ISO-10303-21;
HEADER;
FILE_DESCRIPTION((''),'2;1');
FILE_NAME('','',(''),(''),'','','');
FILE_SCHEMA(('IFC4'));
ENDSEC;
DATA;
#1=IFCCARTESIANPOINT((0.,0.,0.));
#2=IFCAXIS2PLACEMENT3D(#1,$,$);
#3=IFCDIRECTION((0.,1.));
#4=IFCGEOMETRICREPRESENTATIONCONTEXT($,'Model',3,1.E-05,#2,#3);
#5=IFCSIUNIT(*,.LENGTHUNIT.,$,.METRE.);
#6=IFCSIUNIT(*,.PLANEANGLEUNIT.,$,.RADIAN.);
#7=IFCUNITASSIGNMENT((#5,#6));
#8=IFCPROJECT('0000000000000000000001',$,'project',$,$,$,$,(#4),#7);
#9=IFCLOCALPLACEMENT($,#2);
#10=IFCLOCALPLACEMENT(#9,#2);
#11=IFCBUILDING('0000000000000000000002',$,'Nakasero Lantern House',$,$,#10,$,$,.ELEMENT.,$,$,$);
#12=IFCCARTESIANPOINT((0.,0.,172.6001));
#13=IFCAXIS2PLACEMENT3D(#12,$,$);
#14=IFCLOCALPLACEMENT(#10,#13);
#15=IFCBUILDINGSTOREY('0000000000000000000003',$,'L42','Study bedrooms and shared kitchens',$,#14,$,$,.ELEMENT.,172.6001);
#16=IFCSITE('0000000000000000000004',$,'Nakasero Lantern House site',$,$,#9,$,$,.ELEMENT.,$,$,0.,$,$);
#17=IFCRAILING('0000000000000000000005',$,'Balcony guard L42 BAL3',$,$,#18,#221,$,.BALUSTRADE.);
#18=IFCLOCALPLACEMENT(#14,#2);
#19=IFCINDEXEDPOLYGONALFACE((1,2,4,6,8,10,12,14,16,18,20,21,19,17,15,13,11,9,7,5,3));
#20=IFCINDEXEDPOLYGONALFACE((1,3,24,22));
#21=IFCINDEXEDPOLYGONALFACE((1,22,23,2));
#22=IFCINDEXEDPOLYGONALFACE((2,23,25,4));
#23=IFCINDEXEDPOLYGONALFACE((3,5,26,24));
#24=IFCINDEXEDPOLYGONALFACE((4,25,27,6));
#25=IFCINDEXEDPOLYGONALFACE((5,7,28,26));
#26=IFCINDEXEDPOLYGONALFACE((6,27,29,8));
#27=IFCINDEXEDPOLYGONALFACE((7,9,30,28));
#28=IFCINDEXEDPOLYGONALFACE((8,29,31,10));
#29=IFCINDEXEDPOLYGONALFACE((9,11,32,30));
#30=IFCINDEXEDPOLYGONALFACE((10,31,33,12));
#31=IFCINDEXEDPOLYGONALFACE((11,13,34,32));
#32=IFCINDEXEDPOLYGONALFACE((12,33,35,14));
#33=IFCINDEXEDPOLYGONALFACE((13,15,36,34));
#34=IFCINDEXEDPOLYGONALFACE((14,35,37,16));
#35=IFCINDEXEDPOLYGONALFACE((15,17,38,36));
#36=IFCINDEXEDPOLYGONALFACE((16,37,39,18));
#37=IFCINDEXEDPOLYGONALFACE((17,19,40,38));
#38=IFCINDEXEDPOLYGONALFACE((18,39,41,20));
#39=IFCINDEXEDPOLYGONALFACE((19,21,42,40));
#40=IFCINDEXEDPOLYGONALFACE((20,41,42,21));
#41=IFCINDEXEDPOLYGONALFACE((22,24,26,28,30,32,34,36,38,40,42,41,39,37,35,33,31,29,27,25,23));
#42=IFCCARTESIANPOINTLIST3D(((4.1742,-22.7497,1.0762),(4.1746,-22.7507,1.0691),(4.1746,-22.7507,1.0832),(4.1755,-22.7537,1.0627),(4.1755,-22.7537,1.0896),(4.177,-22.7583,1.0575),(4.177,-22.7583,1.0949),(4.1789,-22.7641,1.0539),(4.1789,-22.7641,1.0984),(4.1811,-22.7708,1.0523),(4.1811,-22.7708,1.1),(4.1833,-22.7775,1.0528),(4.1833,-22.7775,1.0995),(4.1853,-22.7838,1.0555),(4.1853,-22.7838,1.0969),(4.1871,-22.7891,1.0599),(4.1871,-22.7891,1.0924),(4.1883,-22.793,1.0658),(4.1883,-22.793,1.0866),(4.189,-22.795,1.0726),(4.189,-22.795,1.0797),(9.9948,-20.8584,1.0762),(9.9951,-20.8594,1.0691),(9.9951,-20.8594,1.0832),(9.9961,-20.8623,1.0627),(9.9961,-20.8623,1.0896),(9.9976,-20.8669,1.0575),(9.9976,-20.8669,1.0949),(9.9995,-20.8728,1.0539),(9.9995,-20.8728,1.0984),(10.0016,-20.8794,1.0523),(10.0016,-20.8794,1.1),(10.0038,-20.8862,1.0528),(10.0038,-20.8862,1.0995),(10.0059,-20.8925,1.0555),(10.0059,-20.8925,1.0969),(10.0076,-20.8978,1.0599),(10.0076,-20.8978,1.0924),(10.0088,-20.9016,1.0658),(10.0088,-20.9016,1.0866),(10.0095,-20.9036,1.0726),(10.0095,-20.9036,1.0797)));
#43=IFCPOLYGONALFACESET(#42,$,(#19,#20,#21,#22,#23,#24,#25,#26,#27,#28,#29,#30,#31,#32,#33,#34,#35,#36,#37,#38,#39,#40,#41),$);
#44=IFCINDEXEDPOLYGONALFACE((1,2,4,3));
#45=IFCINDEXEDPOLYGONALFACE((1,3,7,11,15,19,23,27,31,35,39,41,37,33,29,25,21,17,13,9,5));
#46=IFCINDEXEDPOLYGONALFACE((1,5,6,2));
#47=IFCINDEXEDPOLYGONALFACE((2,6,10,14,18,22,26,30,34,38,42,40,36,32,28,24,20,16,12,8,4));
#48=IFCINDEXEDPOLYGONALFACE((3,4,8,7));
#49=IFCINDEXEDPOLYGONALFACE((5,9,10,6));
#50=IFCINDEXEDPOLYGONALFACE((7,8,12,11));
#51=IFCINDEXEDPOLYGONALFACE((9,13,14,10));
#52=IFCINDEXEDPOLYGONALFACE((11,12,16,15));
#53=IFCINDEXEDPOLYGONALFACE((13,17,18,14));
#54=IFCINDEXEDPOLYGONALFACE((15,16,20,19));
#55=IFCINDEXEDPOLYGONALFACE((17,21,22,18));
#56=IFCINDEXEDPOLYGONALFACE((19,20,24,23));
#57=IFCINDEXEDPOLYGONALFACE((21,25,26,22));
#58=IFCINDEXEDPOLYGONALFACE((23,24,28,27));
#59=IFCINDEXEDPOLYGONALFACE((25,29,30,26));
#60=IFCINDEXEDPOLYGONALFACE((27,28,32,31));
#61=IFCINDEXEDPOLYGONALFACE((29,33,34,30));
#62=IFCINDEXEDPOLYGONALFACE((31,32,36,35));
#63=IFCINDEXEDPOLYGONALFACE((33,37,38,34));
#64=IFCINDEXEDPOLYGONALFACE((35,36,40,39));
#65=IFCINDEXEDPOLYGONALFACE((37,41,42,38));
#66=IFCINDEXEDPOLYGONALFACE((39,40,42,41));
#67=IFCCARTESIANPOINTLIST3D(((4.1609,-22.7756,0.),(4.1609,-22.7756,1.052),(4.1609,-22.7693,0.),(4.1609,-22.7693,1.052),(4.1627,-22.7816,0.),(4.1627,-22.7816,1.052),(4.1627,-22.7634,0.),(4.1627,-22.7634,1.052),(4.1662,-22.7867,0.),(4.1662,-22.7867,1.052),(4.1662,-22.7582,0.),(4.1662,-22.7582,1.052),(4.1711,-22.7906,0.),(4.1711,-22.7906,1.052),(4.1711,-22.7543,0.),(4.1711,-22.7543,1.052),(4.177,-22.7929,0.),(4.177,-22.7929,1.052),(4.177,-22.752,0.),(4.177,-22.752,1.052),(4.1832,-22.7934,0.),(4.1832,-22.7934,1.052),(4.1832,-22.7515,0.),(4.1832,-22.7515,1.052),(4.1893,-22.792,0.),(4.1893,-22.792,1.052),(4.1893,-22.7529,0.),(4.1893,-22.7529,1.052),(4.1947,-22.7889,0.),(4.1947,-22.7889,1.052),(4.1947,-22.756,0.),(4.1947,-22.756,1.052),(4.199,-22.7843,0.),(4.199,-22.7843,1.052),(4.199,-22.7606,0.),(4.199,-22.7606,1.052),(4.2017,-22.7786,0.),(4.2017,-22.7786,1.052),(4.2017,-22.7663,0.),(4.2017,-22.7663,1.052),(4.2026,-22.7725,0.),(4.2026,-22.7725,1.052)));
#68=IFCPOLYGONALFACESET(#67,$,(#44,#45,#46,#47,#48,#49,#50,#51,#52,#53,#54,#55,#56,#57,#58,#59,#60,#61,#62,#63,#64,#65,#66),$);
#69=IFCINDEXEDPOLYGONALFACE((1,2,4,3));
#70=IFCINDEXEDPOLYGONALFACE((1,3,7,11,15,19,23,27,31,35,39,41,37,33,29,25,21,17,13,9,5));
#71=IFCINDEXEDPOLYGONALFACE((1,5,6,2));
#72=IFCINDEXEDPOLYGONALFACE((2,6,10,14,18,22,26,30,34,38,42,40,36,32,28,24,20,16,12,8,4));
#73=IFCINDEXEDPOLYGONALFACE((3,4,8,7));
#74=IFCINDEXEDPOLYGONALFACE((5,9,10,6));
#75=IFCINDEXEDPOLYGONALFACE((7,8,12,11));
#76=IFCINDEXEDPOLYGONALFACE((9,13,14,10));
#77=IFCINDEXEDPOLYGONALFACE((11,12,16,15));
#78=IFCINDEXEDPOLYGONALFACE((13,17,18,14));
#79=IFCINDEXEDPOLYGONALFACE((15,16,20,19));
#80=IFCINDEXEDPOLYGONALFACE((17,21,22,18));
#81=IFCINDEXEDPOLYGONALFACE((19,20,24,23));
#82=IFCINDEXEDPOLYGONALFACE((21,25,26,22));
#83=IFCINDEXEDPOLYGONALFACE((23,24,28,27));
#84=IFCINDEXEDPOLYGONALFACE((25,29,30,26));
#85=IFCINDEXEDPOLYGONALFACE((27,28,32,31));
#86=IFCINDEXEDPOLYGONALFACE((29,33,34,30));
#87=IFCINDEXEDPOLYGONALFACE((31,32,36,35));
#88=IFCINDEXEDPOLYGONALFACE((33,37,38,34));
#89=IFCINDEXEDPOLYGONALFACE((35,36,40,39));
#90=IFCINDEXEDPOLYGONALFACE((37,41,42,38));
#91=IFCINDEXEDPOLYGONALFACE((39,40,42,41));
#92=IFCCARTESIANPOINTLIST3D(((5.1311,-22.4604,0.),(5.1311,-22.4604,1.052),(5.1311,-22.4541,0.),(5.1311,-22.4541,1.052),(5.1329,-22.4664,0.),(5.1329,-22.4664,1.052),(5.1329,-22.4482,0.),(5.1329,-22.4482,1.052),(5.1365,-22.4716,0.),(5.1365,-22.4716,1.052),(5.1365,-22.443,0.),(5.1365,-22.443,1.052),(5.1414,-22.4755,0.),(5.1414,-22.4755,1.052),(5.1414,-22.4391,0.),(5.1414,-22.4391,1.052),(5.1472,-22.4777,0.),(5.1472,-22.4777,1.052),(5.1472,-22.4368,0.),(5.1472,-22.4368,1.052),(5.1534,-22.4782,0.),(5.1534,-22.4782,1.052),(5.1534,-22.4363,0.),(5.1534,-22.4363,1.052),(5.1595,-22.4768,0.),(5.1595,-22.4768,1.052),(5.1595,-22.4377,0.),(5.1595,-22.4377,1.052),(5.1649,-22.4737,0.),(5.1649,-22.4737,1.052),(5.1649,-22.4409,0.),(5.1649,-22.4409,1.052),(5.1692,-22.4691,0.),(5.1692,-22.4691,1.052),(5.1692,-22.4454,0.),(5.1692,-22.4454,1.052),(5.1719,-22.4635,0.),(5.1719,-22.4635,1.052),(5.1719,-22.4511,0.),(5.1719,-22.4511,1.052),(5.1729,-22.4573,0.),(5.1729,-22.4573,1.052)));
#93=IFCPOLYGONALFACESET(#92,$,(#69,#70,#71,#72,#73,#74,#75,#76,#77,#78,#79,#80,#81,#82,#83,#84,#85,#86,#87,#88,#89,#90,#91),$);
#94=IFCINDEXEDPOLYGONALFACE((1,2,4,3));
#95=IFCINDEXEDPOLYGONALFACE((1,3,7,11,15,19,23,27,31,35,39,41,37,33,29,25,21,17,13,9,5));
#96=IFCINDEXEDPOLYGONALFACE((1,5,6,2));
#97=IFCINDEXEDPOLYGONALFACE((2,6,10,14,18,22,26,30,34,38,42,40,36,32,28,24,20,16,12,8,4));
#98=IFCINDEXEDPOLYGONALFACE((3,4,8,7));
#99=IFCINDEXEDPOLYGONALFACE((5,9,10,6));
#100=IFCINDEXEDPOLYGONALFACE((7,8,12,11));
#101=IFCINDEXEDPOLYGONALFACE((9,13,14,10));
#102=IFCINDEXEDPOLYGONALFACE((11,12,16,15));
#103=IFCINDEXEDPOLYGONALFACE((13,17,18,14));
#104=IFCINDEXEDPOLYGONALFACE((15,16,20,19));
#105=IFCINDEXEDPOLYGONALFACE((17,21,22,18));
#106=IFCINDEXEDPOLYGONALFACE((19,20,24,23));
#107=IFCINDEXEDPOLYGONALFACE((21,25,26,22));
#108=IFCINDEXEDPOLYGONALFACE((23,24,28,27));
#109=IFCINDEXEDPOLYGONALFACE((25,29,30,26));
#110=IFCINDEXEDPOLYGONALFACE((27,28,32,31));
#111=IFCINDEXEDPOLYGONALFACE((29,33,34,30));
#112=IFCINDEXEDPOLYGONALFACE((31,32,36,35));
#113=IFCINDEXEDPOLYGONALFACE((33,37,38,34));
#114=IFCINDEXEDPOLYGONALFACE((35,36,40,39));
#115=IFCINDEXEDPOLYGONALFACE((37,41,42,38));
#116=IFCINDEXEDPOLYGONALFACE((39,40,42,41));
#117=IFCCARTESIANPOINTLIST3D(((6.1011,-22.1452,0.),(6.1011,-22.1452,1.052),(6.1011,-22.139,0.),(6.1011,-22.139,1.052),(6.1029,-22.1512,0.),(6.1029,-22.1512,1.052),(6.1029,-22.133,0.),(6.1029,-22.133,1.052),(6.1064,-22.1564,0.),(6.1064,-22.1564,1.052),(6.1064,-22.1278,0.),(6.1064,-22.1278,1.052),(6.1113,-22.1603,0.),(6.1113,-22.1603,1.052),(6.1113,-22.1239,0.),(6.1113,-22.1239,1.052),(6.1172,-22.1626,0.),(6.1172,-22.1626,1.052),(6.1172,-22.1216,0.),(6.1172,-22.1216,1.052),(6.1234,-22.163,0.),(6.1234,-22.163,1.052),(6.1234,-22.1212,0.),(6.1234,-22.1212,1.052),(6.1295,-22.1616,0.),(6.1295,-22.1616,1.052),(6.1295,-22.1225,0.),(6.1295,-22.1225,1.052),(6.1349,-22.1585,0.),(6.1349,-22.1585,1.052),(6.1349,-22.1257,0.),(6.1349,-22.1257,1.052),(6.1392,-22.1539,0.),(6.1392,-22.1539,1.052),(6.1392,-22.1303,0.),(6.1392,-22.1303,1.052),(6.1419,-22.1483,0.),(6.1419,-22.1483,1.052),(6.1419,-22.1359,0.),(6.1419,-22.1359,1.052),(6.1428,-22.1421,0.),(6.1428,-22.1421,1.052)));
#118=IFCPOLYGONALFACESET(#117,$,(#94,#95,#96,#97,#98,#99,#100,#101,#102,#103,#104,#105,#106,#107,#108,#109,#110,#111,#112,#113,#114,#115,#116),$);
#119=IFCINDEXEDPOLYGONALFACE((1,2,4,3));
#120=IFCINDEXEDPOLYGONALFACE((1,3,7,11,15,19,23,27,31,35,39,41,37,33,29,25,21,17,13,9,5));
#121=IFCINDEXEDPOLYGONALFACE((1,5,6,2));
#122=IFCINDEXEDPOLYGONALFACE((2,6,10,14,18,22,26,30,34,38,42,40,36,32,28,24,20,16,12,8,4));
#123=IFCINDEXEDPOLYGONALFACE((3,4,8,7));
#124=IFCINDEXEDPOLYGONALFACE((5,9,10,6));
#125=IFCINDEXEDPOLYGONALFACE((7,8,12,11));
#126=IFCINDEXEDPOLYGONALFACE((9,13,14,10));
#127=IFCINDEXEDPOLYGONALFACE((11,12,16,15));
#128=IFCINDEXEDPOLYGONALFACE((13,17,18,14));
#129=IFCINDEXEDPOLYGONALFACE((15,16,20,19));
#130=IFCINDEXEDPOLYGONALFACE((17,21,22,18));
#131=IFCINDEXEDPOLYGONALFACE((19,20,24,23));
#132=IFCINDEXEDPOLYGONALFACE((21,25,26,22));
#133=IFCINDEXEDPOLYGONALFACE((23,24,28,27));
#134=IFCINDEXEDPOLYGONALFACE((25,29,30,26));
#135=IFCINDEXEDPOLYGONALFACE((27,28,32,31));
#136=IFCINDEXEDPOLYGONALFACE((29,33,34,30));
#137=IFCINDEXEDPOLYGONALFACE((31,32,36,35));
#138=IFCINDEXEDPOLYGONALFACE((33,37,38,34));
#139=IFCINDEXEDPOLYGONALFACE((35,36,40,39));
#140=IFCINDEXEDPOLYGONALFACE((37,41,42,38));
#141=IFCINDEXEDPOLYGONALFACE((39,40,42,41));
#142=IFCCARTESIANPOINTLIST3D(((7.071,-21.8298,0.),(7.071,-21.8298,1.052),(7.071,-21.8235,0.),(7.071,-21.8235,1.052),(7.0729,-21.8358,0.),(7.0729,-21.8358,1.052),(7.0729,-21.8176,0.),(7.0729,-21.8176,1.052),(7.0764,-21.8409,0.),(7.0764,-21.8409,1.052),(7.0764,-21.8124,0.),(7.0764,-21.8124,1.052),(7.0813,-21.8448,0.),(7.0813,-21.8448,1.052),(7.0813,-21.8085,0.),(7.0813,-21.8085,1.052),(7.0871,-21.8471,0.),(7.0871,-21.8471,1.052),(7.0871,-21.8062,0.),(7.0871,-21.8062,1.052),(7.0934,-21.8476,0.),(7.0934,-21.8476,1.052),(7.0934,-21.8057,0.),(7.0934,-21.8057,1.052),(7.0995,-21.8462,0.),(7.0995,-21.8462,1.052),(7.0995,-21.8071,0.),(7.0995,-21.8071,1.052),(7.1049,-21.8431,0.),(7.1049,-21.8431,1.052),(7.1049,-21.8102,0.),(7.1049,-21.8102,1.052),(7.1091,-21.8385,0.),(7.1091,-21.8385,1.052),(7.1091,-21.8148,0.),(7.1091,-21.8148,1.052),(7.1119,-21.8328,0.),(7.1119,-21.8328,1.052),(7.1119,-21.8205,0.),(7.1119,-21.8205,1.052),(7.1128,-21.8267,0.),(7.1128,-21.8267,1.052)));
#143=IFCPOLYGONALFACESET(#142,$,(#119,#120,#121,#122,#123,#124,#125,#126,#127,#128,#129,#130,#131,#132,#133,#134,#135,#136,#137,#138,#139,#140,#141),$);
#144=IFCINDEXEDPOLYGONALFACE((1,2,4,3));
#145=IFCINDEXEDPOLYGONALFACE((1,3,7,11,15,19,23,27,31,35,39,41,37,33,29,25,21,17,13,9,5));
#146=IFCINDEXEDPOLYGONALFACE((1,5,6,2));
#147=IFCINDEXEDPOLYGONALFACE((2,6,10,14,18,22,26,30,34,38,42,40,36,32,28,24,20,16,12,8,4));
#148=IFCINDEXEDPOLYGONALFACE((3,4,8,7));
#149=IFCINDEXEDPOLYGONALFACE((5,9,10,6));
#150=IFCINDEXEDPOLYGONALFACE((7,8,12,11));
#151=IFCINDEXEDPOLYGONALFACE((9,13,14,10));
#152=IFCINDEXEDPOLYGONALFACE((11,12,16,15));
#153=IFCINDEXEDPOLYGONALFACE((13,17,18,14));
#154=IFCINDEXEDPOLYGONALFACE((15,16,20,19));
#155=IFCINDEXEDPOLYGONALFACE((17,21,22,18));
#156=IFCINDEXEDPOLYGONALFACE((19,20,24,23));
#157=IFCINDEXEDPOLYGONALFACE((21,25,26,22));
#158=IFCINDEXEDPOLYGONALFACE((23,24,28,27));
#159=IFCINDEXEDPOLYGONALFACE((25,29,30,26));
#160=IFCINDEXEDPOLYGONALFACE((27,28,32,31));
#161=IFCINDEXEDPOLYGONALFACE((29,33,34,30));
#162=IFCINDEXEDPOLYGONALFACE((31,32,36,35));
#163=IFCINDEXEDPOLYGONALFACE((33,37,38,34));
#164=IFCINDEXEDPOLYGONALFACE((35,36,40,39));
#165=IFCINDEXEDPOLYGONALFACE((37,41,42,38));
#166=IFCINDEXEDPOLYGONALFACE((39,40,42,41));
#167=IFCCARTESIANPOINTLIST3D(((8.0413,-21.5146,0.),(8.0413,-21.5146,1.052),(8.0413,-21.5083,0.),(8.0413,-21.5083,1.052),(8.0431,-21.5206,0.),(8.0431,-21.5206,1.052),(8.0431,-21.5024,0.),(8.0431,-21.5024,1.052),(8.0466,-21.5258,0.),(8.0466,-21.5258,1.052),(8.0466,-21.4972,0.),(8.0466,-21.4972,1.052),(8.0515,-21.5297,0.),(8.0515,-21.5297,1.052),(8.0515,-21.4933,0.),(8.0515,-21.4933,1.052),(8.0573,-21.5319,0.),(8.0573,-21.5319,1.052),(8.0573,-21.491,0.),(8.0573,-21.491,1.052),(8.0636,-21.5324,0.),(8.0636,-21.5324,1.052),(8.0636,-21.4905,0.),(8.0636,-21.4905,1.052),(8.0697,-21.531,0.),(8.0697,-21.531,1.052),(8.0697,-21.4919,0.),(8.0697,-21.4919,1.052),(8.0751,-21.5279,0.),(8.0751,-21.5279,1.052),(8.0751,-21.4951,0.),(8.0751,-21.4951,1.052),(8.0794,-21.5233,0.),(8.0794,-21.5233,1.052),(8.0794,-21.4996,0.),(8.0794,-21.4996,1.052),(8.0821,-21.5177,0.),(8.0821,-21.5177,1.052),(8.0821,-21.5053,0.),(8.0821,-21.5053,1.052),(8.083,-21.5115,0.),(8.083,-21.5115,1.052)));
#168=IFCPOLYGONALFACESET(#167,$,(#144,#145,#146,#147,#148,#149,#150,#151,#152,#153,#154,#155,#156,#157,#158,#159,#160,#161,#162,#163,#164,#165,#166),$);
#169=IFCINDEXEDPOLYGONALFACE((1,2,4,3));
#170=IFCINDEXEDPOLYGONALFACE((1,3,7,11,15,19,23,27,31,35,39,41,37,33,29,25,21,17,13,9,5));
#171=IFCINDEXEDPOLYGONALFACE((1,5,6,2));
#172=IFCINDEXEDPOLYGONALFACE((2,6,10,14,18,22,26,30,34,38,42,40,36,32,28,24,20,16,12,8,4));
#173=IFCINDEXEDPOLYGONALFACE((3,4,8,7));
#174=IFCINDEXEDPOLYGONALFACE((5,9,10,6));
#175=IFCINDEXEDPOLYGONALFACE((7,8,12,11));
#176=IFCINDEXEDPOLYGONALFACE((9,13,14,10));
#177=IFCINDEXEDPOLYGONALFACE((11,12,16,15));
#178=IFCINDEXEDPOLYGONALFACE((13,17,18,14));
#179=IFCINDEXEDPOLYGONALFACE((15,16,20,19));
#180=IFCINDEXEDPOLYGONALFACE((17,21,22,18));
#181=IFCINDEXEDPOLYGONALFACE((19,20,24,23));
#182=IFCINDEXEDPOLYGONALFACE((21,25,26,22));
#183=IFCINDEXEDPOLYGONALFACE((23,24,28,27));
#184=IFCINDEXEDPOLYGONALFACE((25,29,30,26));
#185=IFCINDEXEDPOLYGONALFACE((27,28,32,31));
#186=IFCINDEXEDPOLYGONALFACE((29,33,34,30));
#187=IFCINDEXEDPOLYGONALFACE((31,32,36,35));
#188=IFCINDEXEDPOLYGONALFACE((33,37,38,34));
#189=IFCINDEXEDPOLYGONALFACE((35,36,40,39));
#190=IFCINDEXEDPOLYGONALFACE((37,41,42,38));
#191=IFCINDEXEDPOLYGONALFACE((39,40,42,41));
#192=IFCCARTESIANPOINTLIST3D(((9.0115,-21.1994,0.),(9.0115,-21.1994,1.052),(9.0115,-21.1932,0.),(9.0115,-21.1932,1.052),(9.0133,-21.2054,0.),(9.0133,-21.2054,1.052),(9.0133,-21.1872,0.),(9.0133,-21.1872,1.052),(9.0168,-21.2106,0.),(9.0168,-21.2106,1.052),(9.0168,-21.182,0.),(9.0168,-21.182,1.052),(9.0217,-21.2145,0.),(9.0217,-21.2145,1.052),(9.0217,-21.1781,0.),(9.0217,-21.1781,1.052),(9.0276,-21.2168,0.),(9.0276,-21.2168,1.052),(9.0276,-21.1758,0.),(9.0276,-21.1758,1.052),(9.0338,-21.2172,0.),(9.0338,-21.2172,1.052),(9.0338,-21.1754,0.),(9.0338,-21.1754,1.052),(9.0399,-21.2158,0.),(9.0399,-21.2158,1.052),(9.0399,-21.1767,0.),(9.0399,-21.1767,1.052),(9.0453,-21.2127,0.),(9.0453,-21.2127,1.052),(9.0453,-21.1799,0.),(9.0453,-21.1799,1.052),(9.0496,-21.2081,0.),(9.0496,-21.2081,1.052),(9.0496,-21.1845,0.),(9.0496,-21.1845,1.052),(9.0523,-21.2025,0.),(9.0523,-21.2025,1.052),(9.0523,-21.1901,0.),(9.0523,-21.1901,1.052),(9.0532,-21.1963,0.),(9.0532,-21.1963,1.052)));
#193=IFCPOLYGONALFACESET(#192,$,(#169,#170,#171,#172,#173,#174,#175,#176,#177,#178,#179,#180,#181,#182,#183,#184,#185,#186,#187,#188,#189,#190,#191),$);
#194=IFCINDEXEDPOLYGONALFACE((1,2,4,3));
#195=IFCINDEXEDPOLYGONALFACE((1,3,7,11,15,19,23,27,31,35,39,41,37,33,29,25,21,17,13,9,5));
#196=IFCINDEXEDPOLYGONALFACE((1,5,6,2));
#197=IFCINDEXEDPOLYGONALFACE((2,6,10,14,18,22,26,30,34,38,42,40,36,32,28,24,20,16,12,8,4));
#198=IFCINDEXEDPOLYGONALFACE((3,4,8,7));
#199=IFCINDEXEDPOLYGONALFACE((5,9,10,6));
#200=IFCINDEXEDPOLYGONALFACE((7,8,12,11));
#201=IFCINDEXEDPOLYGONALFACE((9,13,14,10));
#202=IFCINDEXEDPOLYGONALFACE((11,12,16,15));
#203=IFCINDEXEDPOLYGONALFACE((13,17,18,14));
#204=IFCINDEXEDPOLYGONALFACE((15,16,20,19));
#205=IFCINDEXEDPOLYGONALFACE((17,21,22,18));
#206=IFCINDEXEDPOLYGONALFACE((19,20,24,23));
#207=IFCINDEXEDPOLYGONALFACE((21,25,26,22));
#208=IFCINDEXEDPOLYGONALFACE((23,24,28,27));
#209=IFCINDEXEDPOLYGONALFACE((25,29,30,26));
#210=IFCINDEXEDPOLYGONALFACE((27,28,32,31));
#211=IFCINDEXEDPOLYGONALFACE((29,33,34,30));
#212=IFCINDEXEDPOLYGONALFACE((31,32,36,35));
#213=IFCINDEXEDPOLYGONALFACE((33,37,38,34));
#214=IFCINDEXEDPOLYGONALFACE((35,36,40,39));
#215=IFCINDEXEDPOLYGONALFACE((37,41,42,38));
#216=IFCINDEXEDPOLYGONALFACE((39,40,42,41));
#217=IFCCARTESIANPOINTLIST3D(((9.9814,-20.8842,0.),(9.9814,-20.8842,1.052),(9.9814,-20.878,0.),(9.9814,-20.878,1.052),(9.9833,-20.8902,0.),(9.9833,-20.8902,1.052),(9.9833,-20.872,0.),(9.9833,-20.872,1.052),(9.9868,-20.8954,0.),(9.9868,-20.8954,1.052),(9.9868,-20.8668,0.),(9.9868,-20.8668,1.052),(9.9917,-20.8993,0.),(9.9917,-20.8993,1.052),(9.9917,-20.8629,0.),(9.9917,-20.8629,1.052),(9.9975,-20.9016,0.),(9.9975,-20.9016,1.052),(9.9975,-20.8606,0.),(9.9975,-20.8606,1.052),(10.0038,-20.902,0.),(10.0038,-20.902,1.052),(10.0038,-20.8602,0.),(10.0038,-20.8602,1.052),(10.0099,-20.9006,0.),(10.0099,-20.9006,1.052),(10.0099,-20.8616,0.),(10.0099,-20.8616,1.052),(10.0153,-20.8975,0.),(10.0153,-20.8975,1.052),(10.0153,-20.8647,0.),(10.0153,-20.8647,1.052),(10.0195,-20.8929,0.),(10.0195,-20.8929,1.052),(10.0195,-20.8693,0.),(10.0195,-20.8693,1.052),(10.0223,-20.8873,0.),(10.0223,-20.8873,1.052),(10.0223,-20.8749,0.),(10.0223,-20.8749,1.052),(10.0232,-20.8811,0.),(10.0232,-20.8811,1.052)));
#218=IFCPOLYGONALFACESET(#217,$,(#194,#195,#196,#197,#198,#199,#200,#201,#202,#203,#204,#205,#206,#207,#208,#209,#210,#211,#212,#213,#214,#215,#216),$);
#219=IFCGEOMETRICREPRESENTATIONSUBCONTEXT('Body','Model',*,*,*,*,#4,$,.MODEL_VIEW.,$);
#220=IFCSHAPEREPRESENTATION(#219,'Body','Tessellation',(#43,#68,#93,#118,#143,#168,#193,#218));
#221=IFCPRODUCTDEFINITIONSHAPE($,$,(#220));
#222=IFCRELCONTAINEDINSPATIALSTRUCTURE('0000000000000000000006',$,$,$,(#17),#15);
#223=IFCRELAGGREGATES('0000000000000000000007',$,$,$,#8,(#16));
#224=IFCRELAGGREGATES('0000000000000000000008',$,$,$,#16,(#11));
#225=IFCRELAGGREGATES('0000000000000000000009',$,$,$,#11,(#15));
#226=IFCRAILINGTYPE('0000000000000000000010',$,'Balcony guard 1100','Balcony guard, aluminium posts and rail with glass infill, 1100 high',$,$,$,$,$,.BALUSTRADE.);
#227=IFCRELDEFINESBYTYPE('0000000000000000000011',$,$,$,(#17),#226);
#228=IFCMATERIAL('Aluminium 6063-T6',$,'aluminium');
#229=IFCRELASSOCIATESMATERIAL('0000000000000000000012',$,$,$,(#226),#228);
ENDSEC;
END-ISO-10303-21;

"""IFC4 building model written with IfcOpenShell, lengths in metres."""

from ifc_helpers import new_model, si_unit, direction, frame, origin, origin_2d, place, context, subcontext, project, spatial, circle, extrude, material, type_object, element, save


model = new_model("IFC4")

# Units and contexts
model_context = context("Model", 3, precision=1e-05, world=origin(), true_north=direction((0.0, 1.0)))
body_context = subcontext(model_context, "Body", "Model", "MODEL_VIEW")
ifc_project = project(units=[si_unit("LENGTHUNIT", "METRE"), si_unit("PLANEANGLEUNIT", "RADIAN")], contexts=[model_context])

# Site, building, storey
site_placement = place(None, origin())
site = spatial("IfcSite", under=ifc_project, at=site_placement, Name="Nakasero Lantern House site", CompositionType="ELEMENT", RefElevation=0.0)
building_placement = place(site_placement, origin())
building = spatial("IfcBuilding", under=site, at=building_placement, Name="Nakasero Lantern House", CompositionType="ELEMENT")
storey_placement = place(building_placement, frame((0.0, 0.0, 172.6001)))
storey = spatial("IfcBuildingStorey", under=building, at=storey_placement, Name="L42", Description="Study bedrooms and shared kitchens", CompositionType="ELEMENT", Elevation=172.6001)

# Railing
ifc_material_1 = material(Name="Aluminium 6063-T6", Category="aluminium")
railing_type = type_object("IfcRailingType", Name="Balcony guard 1100", Description="Balcony guard, aluminium posts and rail with glass infill, 1100 high", PredefinedType="BALUSTRADE", material=ifc_material_1)
railing_placement = place(storey_placement, frame((4.1816, -22.7725, 0.0)))
element("IfcRailing", 1, at=railing_placement, inside=storey, type_object=railing_type, Name="Balcony guard L42 BAL3", PredefinedType="BALUSTRADE", context=body_context, shape_type="SweptSolid", body=[
    extrude(circle(Radius=0.0239, at=origin_2d()), frame((0.0, 0.0, 1.0762), z_axis=(0.95105, 0.309038, 0.0), x_axis=(-0.309038, 0.95105, 0.0)), (0.0, 0.0, 1.0), 6.1201),
    extrude(circle(Radius=0.021, at=origin_2d()), origin(), (0.0, 0.0, 1.0), 1.052),
    extrude(circle(Radius=0.021, at=origin_2d()), frame((0.9702, 0.3152, 0.0)), (0.0, 0.0, 1.0), 1.052),
    extrude(circle(Radius=0.021, at=origin_2d()), frame((1.9402, 0.6304, 0.0)), (0.0, 0.0, 1.0), 1.052),
    extrude(circle(Radius=0.021, at=origin_2d()), frame((2.9102, 0.9458, 0.0)), (0.0, 0.0, 1.0), 1.052),
    extrude(circle(Radius=0.021, at=origin_2d()), frame((3.8804, 1.261, 0.0)), (0.0, 0.0, 1.0), 1.052),
    extrude(circle(Radius=0.021, at=origin_2d()), frame((4.8506, 1.5762, 0.0)), (0.0, 0.0, 1.0), 1.052),
    extrude(circle(Radius=0.021, at=origin_2d()), frame((5.8206, 1.8914, 0.0)), (0.0, 0.0, 1.0), 1.052),
])

save(model, "model.ifc")
